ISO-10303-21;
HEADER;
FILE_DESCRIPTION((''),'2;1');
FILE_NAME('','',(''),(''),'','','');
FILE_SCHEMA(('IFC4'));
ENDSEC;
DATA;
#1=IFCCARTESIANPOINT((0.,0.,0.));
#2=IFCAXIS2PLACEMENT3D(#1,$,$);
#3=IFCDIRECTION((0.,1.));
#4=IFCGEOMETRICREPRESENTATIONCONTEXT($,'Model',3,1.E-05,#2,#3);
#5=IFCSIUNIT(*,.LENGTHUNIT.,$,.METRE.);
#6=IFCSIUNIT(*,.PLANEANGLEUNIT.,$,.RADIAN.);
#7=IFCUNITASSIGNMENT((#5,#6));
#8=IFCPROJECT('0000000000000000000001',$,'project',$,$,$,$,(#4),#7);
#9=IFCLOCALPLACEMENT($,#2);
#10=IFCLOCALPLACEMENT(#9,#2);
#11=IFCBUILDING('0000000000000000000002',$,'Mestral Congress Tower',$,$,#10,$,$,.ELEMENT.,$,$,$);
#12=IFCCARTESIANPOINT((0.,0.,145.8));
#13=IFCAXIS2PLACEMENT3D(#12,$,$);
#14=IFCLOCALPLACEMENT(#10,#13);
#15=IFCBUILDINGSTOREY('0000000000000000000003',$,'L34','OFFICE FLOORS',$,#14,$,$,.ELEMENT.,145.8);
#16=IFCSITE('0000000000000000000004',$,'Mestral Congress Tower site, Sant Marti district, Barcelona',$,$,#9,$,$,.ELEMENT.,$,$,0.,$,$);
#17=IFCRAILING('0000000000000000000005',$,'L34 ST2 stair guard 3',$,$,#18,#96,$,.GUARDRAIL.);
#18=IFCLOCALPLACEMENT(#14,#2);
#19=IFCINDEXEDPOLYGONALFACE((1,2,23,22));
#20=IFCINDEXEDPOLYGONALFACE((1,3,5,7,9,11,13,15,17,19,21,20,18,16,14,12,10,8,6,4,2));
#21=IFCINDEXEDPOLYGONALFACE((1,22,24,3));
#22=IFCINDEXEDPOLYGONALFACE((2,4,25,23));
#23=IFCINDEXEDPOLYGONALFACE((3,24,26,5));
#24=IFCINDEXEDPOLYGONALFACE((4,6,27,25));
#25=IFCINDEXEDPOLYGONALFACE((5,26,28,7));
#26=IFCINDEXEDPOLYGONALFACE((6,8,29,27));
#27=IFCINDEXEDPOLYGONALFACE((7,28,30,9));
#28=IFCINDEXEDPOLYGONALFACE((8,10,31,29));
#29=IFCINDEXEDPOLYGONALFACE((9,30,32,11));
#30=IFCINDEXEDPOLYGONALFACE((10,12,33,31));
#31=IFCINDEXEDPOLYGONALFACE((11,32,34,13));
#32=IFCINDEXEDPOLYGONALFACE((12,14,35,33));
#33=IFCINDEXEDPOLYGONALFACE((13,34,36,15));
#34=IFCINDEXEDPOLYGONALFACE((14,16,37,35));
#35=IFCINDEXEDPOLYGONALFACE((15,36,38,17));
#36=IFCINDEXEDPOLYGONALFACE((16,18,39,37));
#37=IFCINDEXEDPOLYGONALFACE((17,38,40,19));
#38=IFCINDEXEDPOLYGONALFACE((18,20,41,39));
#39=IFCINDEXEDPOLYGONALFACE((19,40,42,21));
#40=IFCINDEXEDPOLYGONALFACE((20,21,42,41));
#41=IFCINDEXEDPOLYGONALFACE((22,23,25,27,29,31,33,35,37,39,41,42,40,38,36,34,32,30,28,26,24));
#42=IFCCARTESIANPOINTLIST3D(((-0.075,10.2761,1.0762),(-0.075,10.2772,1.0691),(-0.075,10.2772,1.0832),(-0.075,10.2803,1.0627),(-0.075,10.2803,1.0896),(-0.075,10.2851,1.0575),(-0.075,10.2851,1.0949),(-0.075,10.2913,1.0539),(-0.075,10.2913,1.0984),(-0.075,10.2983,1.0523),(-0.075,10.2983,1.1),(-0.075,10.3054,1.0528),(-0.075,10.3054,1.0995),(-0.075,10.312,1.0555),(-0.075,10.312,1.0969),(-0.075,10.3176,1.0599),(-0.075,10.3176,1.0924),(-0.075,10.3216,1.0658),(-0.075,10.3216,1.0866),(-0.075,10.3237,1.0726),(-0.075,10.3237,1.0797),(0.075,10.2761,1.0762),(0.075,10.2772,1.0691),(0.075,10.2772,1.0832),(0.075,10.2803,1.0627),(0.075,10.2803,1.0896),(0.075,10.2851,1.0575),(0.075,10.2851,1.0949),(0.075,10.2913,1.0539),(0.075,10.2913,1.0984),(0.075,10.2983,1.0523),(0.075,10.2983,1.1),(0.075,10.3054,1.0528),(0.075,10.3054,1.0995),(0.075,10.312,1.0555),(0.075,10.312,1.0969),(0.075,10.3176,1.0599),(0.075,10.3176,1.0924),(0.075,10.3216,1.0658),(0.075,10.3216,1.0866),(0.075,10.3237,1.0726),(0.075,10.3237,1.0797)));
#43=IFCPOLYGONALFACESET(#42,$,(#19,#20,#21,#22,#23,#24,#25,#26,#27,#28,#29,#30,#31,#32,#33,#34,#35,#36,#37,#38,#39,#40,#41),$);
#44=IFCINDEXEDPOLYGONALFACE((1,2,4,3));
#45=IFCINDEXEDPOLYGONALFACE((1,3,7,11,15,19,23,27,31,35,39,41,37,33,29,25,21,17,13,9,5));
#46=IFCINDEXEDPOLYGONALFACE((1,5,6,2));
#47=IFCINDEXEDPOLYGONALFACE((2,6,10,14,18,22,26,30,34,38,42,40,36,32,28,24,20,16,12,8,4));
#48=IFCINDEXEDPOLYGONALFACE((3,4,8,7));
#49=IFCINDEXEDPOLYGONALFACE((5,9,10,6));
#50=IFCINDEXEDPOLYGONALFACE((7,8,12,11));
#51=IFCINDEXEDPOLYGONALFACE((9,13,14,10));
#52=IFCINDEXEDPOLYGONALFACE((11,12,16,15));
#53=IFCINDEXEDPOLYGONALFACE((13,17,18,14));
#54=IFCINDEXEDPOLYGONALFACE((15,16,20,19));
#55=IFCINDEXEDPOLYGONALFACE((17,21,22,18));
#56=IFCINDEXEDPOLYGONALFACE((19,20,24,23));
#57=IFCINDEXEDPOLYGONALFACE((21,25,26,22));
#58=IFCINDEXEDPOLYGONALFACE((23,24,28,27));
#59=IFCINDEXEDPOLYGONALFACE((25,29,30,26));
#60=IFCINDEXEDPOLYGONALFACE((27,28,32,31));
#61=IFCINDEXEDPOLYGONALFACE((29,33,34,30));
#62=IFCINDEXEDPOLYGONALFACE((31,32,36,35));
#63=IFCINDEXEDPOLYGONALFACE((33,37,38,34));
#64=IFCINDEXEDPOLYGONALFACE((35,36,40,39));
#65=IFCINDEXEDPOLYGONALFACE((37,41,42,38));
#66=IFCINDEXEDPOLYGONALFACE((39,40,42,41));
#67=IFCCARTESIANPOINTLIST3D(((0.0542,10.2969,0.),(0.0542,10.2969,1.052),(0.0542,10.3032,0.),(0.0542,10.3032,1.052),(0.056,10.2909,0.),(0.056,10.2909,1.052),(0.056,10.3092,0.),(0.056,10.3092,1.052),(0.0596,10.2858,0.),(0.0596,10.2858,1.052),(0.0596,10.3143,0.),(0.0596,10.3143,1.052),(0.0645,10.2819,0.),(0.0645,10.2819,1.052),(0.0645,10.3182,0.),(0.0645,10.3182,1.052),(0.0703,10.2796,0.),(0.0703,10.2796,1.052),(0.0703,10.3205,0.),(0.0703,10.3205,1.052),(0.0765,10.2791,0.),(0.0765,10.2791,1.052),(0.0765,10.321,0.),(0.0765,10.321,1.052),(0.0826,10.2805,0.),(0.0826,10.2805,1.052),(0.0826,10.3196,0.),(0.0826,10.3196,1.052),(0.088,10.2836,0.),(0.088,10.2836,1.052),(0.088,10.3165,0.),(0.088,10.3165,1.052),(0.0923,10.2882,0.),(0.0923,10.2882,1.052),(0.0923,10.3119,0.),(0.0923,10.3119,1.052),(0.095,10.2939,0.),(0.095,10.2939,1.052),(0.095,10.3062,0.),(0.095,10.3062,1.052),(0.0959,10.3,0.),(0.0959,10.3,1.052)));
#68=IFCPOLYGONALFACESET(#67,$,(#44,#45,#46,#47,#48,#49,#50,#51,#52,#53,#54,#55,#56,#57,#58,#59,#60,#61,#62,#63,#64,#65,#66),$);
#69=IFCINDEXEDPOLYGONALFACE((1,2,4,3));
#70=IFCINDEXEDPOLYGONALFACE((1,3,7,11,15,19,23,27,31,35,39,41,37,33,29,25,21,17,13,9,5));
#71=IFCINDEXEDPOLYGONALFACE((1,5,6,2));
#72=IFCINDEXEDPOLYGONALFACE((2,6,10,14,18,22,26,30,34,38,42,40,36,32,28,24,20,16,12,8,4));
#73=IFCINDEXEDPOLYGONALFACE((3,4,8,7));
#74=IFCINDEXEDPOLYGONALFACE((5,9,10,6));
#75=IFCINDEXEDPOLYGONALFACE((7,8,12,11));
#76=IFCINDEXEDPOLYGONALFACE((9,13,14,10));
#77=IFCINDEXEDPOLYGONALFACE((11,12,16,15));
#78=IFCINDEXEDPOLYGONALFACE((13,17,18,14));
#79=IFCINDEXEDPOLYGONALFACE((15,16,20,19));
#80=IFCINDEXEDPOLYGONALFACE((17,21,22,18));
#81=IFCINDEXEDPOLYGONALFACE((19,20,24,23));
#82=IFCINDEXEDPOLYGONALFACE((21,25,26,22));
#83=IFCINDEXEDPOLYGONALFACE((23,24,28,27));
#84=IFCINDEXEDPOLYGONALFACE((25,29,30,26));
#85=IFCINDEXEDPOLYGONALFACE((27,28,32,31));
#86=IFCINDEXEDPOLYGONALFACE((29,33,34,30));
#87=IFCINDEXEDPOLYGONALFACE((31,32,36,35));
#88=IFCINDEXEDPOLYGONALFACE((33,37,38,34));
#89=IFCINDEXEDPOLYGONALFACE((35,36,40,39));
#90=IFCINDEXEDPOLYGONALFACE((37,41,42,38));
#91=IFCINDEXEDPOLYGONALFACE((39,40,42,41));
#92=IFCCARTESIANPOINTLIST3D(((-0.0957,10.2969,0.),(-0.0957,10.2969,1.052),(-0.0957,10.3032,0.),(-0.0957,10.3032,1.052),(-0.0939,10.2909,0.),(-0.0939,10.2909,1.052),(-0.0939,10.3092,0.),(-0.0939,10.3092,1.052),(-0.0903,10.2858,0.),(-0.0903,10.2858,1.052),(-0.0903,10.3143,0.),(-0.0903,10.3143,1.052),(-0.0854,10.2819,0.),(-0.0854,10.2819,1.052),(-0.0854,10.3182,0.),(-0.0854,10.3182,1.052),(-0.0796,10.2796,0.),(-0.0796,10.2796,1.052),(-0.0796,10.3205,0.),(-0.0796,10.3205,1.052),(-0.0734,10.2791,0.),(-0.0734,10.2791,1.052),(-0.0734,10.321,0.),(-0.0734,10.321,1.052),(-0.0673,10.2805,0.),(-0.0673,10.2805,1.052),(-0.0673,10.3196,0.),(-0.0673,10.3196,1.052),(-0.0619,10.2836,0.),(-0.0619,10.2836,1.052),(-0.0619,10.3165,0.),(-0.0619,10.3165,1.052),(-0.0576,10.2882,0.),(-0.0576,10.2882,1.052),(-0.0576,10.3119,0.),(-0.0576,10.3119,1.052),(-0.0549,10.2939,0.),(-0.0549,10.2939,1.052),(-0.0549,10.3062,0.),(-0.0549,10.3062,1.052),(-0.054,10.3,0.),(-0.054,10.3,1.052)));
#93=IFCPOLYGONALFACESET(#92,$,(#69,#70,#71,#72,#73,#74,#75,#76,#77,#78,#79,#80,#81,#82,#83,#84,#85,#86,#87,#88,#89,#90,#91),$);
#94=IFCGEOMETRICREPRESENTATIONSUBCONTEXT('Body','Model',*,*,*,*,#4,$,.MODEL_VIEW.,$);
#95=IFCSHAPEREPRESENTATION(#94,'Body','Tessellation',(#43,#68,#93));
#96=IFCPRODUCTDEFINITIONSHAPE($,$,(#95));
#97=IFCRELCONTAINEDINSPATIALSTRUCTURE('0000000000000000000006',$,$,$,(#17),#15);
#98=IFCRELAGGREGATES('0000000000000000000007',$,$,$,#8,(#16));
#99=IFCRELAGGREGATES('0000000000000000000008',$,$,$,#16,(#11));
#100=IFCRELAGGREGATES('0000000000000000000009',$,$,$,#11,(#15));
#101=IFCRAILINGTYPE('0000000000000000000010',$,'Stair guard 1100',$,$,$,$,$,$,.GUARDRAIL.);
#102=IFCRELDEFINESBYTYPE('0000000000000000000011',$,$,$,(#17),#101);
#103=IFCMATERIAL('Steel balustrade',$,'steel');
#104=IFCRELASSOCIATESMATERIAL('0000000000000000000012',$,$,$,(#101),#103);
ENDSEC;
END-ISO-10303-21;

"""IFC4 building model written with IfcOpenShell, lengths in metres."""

from ifc_helpers import new_model, si_unit, direction, frame, origin, origin_2d, place, context, subcontext, project, spatial, circle, extrude, material, type_object, element, save


model = new_model("IFC4")

# Units and contexts
model_context = context("Model", 3, precision=1e-05, world=origin(), true_north=direction((0.0, 1.0)))
body_context = subcontext(model_context, "Body", "Model", "MODEL_VIEW")
ifc_project = project(units=[si_unit("LENGTHUNIT", "METRE"), si_unit("PLANEANGLEUNIT", "RADIAN")], contexts=[model_context])

# Site, building, storey
site_placement = place(None, origin())
site = spatial("IfcSite", under=ifc_project, at=site_placement, Name="Mestral Congress Tower site, Sant Marti district, Barcelona", CompositionType="ELEMENT", RefElevation=0.0)
building_placement = place(site_placement, origin())
building = spatial("IfcBuilding", under=site, at=building_placement, Name="Mestral Congress Tower", CompositionType="ELEMENT")
storey_placement = place(building_placement, frame((0.0, 0.0, 145.8)))
storey = spatial("IfcBuildingStorey", under=building, at=storey_placement, Name="L34", Description="OFFICE FLOORS", CompositionType="ELEMENT", Elevation=145.8)

# Railing
ifc_material_1 = material(Name="Steel balustrade", Category="steel")
railing_type_1 = type_object("IfcRailingType", Name="Stair guard 1100", PredefinedType="GUARDRAIL", material=ifc_material_1)
railing_1_placement = place(storey_placement, frame((0.075, 10.3, 0.0)))
element("IfcRailing", 1, at=railing_1_placement, inside=storey, type_object=railing_type_1, Name="L34 ST2 stair guard 3", PredefinedType="GUARDRAIL", context=body_context, shape_type="SweptSolid", body=[
    extrude(circle(Radius=0.0239, at=origin_2d()), frame((0.0, 0.0, 1.0762), z_axis=(-1.0, 0.0, 0.0), x_axis=(0.0, -1.0, 0.0)), (0.0, 0.0, 1.0), 0.1499),
    extrude(circle(Radius=0.021, at=origin_2d()), origin(), (0.0, 0.0, 1.0), 1.052),
    extrude(circle(Radius=0.021, at=origin_2d()), frame((-0.1499, 0.0, 0.0)), (0.0, 0.0, 1.0), 1.052),
])

save(model, "model.ifc")
